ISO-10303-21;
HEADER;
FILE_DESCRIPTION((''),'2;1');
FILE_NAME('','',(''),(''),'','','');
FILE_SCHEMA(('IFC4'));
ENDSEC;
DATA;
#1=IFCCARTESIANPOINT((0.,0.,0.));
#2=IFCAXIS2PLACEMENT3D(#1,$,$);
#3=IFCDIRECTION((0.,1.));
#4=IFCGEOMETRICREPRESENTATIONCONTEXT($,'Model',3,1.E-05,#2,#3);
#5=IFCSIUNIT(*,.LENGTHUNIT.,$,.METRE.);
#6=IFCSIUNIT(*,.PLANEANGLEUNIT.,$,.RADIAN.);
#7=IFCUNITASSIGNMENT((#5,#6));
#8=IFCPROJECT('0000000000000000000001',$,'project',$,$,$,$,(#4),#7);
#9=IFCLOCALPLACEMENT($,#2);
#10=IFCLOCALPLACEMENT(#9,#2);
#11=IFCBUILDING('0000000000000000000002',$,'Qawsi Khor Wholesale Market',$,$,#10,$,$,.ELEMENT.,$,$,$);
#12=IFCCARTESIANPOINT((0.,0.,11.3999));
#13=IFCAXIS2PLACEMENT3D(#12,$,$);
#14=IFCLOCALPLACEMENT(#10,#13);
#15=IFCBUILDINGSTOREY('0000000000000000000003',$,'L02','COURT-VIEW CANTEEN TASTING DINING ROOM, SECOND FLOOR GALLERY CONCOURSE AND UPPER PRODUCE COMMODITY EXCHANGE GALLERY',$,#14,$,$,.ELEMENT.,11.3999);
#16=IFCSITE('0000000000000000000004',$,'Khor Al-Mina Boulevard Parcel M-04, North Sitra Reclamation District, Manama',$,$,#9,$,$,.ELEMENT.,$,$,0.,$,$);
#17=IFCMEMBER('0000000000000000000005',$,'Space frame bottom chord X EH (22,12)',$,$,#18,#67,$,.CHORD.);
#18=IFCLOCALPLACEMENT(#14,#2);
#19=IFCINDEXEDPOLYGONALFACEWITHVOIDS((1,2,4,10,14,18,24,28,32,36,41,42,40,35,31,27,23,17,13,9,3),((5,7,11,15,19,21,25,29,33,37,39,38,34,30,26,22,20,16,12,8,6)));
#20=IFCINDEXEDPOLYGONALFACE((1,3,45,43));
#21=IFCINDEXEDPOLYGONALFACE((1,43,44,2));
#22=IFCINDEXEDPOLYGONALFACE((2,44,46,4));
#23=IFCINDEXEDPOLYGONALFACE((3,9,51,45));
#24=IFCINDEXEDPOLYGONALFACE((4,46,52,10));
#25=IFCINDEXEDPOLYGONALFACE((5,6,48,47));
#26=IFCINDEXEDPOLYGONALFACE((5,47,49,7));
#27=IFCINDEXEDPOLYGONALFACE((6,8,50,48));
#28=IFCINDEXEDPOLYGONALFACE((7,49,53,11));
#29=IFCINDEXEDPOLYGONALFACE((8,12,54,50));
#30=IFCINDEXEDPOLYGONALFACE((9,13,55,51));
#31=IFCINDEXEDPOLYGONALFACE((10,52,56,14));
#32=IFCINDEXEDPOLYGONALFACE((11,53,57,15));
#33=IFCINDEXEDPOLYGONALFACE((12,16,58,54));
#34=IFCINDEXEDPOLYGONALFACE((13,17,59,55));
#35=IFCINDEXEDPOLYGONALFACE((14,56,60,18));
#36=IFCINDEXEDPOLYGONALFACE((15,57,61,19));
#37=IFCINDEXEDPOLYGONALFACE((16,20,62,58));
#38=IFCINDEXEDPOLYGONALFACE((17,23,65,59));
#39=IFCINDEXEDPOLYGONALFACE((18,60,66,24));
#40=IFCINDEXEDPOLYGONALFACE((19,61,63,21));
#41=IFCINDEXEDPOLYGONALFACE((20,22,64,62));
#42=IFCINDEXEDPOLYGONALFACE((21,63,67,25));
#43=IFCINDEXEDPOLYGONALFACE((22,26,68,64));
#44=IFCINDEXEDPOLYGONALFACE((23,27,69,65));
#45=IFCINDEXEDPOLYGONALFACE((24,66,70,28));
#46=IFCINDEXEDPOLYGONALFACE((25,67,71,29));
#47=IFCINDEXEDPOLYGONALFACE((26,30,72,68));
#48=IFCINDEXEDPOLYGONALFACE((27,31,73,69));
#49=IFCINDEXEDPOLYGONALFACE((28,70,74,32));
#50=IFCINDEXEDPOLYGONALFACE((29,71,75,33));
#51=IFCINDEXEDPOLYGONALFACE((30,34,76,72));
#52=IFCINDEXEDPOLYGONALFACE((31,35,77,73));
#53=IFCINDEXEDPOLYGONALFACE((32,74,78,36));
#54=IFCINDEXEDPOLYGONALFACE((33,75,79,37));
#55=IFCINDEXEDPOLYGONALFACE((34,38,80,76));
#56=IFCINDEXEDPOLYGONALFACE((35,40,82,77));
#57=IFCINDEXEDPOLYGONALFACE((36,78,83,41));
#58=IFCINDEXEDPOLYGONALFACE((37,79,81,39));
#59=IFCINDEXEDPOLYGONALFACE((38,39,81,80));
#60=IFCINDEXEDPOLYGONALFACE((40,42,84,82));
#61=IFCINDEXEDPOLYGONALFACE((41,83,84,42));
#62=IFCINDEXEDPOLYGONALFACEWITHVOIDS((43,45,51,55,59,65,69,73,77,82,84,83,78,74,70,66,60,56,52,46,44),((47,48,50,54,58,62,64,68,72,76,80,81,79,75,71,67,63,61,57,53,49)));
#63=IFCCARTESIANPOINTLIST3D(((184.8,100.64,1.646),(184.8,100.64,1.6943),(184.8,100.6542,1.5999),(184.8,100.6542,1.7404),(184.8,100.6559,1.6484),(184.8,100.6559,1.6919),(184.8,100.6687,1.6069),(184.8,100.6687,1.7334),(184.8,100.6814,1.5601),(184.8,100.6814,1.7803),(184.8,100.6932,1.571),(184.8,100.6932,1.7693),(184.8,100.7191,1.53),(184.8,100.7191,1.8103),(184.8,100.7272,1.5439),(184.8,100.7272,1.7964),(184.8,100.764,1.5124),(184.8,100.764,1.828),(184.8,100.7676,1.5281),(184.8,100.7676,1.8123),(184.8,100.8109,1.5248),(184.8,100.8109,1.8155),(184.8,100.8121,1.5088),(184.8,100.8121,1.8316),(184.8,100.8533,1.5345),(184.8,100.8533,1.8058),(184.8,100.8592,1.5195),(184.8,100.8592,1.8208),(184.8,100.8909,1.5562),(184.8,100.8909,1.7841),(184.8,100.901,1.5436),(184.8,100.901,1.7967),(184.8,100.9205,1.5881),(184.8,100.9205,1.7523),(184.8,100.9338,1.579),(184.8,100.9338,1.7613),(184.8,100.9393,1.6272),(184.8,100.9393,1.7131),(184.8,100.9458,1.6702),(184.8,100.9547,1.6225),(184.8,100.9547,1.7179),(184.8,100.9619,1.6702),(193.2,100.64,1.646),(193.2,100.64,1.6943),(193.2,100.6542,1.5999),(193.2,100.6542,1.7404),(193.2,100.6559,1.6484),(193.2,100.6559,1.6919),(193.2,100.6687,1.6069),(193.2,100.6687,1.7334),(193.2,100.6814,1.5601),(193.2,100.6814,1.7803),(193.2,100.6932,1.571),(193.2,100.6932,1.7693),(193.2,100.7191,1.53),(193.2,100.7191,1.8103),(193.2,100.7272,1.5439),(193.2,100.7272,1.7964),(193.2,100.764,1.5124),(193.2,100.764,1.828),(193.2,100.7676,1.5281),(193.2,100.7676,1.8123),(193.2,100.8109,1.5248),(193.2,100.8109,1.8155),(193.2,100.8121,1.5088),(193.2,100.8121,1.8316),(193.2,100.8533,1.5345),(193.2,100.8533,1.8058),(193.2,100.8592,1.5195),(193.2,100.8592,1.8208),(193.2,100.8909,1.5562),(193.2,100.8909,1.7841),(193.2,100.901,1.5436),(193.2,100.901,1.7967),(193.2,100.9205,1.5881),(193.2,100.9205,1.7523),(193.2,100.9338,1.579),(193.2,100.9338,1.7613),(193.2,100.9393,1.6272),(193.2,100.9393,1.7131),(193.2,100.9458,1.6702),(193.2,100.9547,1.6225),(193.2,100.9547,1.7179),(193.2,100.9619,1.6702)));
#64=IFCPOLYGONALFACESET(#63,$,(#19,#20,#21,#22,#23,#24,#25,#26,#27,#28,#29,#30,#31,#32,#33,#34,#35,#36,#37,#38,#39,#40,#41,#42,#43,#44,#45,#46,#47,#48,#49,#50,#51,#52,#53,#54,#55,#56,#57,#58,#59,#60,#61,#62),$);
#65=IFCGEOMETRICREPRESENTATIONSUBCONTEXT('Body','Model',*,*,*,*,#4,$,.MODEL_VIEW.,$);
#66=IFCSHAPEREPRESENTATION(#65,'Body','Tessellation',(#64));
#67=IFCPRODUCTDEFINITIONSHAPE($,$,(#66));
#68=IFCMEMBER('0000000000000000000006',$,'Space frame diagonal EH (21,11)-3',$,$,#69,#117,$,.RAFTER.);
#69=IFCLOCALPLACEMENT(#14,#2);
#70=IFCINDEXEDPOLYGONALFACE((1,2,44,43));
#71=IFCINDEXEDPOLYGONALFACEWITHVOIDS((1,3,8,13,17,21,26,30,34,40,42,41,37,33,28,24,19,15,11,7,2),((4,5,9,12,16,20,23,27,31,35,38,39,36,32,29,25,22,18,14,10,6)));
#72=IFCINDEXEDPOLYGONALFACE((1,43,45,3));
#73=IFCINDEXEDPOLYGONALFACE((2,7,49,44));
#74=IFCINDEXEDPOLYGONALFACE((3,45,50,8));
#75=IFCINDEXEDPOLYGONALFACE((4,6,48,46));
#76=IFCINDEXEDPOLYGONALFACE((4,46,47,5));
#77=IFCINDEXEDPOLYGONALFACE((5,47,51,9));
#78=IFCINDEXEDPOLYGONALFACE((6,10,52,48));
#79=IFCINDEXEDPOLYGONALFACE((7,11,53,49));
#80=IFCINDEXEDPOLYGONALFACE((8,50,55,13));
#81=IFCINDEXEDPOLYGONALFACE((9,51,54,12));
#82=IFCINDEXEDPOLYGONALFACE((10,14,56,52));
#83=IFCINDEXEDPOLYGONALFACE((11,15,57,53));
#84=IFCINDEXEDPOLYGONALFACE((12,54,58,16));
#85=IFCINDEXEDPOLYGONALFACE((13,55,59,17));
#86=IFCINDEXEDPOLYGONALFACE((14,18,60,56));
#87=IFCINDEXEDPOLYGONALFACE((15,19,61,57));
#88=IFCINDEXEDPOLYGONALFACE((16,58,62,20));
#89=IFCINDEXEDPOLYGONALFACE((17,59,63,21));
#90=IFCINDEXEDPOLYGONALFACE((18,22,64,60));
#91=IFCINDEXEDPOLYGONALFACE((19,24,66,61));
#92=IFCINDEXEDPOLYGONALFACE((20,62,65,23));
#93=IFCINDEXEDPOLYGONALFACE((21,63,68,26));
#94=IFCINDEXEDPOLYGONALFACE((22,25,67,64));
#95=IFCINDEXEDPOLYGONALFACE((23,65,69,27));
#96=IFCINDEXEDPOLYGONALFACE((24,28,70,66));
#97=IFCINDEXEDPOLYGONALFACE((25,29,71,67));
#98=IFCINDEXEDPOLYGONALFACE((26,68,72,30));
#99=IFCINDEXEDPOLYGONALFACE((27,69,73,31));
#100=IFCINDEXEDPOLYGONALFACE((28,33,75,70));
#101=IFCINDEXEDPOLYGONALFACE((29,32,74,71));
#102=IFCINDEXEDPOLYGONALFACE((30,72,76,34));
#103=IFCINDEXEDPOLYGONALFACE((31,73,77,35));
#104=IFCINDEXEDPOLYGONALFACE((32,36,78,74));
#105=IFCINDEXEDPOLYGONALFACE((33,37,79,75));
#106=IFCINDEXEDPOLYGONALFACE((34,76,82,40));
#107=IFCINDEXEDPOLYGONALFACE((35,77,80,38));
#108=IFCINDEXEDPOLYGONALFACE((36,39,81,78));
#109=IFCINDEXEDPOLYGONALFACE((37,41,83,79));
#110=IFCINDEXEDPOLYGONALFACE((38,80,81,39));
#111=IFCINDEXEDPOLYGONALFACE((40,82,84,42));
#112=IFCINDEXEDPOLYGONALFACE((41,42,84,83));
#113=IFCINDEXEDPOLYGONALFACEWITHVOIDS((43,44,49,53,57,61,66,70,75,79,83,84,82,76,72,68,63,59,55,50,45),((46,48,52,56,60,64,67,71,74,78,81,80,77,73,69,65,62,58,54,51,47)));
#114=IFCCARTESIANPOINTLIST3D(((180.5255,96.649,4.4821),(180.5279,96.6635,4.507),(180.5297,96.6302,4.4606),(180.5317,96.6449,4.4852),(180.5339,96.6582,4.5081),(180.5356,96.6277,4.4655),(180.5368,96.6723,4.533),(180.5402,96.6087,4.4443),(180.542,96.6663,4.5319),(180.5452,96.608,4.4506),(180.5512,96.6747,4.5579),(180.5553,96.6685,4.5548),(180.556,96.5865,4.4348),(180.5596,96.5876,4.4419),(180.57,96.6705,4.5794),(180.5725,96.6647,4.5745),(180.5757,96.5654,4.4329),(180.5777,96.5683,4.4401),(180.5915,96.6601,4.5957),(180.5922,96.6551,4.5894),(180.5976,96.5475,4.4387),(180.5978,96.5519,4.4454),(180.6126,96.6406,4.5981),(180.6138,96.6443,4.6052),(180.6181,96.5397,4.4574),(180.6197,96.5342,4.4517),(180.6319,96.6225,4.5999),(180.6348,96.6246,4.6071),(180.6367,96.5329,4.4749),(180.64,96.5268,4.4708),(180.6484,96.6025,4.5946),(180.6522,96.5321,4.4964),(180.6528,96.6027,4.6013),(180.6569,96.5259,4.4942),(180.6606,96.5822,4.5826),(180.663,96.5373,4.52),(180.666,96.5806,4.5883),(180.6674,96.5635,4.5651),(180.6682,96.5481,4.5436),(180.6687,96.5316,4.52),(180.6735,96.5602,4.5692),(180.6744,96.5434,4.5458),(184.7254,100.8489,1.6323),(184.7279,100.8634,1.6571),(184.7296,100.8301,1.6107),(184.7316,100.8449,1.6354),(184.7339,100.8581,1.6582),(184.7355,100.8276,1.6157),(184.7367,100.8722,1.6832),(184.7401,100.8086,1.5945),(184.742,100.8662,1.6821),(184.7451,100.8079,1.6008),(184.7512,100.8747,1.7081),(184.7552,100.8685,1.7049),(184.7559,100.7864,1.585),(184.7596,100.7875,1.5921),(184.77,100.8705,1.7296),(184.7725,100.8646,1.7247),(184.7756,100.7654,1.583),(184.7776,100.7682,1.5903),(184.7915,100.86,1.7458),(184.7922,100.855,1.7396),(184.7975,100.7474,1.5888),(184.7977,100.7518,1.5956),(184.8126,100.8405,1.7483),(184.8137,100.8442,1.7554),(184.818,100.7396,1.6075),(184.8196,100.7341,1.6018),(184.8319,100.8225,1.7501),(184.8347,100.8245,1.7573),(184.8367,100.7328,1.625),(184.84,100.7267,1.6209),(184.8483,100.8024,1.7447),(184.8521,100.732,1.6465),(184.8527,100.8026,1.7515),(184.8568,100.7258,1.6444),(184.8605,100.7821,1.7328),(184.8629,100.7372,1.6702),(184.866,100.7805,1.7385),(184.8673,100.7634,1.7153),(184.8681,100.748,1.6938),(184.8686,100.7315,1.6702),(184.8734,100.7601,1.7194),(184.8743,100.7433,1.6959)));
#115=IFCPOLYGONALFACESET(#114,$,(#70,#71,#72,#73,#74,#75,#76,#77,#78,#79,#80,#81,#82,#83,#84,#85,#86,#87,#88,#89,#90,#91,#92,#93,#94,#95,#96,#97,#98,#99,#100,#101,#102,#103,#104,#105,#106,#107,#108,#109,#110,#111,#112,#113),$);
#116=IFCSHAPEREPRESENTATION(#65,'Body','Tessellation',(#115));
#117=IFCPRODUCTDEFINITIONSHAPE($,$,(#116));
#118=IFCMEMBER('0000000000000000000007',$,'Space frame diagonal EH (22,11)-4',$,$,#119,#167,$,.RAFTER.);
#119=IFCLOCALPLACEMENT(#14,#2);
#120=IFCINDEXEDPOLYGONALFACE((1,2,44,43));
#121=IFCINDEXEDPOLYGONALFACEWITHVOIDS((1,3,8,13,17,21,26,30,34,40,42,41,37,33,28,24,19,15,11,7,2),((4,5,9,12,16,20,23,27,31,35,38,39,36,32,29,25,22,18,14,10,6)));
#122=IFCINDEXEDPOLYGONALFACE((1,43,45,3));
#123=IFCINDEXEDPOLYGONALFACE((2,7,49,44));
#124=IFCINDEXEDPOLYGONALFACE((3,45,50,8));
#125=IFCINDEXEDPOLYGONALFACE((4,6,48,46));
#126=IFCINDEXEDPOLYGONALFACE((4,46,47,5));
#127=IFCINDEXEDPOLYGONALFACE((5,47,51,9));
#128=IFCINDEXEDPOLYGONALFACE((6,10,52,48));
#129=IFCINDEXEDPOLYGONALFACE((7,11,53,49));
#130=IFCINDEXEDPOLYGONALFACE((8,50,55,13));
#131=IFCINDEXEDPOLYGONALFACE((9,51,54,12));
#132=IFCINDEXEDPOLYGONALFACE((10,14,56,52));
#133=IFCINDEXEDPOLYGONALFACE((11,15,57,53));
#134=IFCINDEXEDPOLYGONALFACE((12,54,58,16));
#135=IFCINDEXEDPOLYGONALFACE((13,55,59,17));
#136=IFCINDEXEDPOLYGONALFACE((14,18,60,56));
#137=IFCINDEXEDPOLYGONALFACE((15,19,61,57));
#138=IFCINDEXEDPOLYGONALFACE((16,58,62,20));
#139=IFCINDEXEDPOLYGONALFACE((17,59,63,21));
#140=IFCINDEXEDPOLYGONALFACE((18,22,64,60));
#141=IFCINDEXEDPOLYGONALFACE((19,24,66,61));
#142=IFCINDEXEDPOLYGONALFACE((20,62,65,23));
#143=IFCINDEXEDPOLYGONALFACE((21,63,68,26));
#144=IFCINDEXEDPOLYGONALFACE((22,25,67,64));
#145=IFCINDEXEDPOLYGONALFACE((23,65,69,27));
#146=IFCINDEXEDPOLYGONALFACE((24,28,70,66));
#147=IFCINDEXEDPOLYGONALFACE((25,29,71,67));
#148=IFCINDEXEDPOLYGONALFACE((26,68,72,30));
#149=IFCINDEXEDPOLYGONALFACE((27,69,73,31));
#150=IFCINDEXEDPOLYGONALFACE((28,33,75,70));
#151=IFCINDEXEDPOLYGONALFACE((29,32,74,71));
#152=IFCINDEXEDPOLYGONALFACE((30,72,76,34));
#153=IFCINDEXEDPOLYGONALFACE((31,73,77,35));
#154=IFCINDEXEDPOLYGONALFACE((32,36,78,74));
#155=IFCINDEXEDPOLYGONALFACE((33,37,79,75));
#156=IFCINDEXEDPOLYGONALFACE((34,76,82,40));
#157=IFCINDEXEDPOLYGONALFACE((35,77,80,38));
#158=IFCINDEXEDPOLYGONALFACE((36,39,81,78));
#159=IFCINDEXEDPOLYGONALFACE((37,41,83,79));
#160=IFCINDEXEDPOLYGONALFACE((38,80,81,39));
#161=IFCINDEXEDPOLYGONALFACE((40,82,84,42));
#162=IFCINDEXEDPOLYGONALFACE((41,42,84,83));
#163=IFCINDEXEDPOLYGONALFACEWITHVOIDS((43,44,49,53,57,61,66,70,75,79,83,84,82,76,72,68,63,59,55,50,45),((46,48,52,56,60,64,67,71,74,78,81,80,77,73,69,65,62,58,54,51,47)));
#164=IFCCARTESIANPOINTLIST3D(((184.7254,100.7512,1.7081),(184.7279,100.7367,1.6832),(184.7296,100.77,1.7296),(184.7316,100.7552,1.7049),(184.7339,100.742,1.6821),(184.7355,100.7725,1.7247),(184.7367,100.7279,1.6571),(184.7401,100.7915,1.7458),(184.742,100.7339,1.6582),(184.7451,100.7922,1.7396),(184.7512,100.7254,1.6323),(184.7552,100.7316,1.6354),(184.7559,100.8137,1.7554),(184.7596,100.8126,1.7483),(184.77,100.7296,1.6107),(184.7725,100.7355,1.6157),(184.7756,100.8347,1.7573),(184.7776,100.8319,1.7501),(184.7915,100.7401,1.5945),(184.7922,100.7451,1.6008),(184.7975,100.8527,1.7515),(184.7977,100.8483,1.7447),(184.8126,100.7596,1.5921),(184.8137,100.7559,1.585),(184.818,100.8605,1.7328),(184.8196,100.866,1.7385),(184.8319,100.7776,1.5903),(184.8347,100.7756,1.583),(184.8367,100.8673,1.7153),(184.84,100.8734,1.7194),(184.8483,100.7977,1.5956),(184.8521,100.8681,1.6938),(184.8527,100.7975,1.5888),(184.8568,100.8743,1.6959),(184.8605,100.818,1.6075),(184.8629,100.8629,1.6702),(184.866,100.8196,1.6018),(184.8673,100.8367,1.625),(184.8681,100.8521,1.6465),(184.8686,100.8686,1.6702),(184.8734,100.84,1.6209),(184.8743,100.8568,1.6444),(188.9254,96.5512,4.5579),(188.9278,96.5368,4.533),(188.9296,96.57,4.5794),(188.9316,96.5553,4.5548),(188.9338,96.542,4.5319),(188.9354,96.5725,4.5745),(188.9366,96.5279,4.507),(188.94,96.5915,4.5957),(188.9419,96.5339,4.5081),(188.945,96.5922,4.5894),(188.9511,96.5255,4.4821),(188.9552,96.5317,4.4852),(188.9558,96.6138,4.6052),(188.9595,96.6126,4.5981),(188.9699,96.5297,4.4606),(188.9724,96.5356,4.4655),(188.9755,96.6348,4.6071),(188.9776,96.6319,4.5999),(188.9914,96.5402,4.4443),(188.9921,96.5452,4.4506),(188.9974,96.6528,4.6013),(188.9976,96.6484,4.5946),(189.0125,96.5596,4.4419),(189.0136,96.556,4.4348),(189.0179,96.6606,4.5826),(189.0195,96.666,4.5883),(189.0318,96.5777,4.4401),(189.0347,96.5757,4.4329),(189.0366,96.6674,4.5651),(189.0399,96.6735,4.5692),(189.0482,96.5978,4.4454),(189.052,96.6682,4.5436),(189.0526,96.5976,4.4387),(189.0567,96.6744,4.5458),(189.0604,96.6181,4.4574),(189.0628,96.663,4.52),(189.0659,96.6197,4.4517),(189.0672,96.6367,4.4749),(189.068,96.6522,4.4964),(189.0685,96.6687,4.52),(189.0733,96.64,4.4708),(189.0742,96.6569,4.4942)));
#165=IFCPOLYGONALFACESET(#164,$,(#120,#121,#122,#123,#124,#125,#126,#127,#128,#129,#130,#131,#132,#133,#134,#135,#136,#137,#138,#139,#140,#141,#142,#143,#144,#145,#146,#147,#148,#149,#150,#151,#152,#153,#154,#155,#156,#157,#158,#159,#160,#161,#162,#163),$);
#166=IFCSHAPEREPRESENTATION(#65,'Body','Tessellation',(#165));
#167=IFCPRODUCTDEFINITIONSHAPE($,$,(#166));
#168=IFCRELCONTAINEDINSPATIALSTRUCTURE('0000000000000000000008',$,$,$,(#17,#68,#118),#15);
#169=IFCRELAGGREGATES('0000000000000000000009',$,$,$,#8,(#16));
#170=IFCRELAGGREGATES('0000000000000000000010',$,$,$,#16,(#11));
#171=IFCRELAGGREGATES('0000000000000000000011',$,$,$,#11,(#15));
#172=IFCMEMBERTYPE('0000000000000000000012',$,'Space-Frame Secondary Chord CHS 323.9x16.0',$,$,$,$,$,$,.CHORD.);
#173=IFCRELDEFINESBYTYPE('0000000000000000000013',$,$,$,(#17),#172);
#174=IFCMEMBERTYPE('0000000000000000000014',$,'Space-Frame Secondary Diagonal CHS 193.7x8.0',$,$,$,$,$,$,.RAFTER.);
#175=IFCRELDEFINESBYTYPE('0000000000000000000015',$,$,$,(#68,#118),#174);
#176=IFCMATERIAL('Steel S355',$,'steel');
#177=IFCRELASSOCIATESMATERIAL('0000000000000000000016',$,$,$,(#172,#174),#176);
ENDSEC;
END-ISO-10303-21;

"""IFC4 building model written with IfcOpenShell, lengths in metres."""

from ifc_helpers import new_model, si_unit, direction, frame, origin, origin_2d, place, context, subcontext, project, spatial, hollow_circle, extrude, material, material_profile, profile_set, type_object, element, save


model = new_model("IFC4")

# Units and contexts
model_context = context("Model", 3, precision=1e-05, world=origin(), true_north=direction((0.0, 1.0)))
body_context = subcontext(model_context, "Body", "Model", "MODEL_VIEW")
ifc_project = project(units=[si_unit("LENGTHUNIT", "METRE"), si_unit("PLANEANGLEUNIT", "RADIAN")], contexts=[model_context])

# Site, building, storey
site_placement = place(None, origin())
site = spatial("IfcSite", under=ifc_project, at=site_placement, Name="Khor Al-Mina Boulevard Parcel M-04, North Sitra Reclamation District, Manama", CompositionType="ELEMENT", RefElevation=0.0)
building_placement = place(site_placement, origin())
building = spatial("IfcBuilding", under=site, at=building_placement, Name="Qawsi Khor Wholesale Market", CompositionType="ELEMENT")
storey_placement = place(building_placement, frame((0.0, 0.0, 11.3999)))
storey = spatial("IfcBuildingStorey", under=building, at=storey_placement, Name="L02", Description="COURT-VIEW CANTEEN TASTING DINING ROOM, SECOND FLOOR GALLERY CONCOURSE AND UPPER PRODUCE COMMODITY EXCHANGE GALLERY", CompositionType="ELEMENT", Elevation=11.3999)

# Members
ifc_material_1 = material(Name="Steel S355", Category="steel")
ifc_material_profile_1 = material_profile(ifc_material_1, hollow_circle(Radius=0.1619, WallThickness=0.0161, at=origin_2d()), Name="CHS 323.9x16.0")
ifc_profile_set_1 = profile_set([ifc_material_profile_1], Name="Steel S355")
member_type_1 = type_object("IfcMemberType", Name="Space-Frame Secondary Chord CHS 323.9x16.0", PredefinedType="CHORD", material=ifc_profile_set_1)
member_1_placement = place(storey_placement, frame((184.8, 100.8, 1.6702), z_axis=(1.0, 0.0, 0.0), x_axis=(0.0, 1.0, 0.0)))
element("IfcMember", 1, at=member_1_placement, inside=storey, type_object=member_type_1, Name="Space frame bottom chord X EH (22,12)", PredefinedType="CHORD", context=body_context, shape_type="SweptSolid", body=[
    extrude(hollow_circle(Radius=0.1619, WallThickness=0.0161, at=origin_2d()), origin(), (0.0, 0.0, 1.0), 8.3999),
])
ifc_material_profile_2 = material_profile(ifc_material_1, hollow_circle(Radius=0.0969, WallThickness=0.0081, at=origin_2d()), Name="CHS 193.7x8.0")
ifc_profile_set_2 = profile_set([ifc_material_profile_2], Name="Steel S355")
member_type_2 = type_object("IfcMemberType", Name="Space-Frame Secondary Diagonal CHS 193.7x8.0", PredefinedType="RAFTER", material=ifc_profile_set_2)
for number, where, z_axis, x_axis, name in (
    (2, (184.8, 100.8, 1.6702), (-0.637522, -0.637522, 0.432587), (0.707107, -0.707107, 0.0), "Space frame diagonal EH (21,11)-3"),
    (3, (184.8, 100.8, 1.6702), (0.637522, -0.637522, 0.432587), (0.707107, 0.707107, 0.0), "Space frame diagonal EH (22,11)-4"),
):
    element("IfcMember", number, at=place(storey_placement, frame(where, z_axis=z_axis, x_axis=x_axis)), inside=storey, type_object=member_type_2, Name=name, PredefinedType="RAFTER", context=body_context, shape_type="SweptSolid", body=[
        extrude(hollow_circle(Radius=0.0969, WallThickness=0.0081, at=origin_2d()), origin(), (0.0, 0.0, 1.0), 6.5879),
    ])

save(model, "model.ifc")
